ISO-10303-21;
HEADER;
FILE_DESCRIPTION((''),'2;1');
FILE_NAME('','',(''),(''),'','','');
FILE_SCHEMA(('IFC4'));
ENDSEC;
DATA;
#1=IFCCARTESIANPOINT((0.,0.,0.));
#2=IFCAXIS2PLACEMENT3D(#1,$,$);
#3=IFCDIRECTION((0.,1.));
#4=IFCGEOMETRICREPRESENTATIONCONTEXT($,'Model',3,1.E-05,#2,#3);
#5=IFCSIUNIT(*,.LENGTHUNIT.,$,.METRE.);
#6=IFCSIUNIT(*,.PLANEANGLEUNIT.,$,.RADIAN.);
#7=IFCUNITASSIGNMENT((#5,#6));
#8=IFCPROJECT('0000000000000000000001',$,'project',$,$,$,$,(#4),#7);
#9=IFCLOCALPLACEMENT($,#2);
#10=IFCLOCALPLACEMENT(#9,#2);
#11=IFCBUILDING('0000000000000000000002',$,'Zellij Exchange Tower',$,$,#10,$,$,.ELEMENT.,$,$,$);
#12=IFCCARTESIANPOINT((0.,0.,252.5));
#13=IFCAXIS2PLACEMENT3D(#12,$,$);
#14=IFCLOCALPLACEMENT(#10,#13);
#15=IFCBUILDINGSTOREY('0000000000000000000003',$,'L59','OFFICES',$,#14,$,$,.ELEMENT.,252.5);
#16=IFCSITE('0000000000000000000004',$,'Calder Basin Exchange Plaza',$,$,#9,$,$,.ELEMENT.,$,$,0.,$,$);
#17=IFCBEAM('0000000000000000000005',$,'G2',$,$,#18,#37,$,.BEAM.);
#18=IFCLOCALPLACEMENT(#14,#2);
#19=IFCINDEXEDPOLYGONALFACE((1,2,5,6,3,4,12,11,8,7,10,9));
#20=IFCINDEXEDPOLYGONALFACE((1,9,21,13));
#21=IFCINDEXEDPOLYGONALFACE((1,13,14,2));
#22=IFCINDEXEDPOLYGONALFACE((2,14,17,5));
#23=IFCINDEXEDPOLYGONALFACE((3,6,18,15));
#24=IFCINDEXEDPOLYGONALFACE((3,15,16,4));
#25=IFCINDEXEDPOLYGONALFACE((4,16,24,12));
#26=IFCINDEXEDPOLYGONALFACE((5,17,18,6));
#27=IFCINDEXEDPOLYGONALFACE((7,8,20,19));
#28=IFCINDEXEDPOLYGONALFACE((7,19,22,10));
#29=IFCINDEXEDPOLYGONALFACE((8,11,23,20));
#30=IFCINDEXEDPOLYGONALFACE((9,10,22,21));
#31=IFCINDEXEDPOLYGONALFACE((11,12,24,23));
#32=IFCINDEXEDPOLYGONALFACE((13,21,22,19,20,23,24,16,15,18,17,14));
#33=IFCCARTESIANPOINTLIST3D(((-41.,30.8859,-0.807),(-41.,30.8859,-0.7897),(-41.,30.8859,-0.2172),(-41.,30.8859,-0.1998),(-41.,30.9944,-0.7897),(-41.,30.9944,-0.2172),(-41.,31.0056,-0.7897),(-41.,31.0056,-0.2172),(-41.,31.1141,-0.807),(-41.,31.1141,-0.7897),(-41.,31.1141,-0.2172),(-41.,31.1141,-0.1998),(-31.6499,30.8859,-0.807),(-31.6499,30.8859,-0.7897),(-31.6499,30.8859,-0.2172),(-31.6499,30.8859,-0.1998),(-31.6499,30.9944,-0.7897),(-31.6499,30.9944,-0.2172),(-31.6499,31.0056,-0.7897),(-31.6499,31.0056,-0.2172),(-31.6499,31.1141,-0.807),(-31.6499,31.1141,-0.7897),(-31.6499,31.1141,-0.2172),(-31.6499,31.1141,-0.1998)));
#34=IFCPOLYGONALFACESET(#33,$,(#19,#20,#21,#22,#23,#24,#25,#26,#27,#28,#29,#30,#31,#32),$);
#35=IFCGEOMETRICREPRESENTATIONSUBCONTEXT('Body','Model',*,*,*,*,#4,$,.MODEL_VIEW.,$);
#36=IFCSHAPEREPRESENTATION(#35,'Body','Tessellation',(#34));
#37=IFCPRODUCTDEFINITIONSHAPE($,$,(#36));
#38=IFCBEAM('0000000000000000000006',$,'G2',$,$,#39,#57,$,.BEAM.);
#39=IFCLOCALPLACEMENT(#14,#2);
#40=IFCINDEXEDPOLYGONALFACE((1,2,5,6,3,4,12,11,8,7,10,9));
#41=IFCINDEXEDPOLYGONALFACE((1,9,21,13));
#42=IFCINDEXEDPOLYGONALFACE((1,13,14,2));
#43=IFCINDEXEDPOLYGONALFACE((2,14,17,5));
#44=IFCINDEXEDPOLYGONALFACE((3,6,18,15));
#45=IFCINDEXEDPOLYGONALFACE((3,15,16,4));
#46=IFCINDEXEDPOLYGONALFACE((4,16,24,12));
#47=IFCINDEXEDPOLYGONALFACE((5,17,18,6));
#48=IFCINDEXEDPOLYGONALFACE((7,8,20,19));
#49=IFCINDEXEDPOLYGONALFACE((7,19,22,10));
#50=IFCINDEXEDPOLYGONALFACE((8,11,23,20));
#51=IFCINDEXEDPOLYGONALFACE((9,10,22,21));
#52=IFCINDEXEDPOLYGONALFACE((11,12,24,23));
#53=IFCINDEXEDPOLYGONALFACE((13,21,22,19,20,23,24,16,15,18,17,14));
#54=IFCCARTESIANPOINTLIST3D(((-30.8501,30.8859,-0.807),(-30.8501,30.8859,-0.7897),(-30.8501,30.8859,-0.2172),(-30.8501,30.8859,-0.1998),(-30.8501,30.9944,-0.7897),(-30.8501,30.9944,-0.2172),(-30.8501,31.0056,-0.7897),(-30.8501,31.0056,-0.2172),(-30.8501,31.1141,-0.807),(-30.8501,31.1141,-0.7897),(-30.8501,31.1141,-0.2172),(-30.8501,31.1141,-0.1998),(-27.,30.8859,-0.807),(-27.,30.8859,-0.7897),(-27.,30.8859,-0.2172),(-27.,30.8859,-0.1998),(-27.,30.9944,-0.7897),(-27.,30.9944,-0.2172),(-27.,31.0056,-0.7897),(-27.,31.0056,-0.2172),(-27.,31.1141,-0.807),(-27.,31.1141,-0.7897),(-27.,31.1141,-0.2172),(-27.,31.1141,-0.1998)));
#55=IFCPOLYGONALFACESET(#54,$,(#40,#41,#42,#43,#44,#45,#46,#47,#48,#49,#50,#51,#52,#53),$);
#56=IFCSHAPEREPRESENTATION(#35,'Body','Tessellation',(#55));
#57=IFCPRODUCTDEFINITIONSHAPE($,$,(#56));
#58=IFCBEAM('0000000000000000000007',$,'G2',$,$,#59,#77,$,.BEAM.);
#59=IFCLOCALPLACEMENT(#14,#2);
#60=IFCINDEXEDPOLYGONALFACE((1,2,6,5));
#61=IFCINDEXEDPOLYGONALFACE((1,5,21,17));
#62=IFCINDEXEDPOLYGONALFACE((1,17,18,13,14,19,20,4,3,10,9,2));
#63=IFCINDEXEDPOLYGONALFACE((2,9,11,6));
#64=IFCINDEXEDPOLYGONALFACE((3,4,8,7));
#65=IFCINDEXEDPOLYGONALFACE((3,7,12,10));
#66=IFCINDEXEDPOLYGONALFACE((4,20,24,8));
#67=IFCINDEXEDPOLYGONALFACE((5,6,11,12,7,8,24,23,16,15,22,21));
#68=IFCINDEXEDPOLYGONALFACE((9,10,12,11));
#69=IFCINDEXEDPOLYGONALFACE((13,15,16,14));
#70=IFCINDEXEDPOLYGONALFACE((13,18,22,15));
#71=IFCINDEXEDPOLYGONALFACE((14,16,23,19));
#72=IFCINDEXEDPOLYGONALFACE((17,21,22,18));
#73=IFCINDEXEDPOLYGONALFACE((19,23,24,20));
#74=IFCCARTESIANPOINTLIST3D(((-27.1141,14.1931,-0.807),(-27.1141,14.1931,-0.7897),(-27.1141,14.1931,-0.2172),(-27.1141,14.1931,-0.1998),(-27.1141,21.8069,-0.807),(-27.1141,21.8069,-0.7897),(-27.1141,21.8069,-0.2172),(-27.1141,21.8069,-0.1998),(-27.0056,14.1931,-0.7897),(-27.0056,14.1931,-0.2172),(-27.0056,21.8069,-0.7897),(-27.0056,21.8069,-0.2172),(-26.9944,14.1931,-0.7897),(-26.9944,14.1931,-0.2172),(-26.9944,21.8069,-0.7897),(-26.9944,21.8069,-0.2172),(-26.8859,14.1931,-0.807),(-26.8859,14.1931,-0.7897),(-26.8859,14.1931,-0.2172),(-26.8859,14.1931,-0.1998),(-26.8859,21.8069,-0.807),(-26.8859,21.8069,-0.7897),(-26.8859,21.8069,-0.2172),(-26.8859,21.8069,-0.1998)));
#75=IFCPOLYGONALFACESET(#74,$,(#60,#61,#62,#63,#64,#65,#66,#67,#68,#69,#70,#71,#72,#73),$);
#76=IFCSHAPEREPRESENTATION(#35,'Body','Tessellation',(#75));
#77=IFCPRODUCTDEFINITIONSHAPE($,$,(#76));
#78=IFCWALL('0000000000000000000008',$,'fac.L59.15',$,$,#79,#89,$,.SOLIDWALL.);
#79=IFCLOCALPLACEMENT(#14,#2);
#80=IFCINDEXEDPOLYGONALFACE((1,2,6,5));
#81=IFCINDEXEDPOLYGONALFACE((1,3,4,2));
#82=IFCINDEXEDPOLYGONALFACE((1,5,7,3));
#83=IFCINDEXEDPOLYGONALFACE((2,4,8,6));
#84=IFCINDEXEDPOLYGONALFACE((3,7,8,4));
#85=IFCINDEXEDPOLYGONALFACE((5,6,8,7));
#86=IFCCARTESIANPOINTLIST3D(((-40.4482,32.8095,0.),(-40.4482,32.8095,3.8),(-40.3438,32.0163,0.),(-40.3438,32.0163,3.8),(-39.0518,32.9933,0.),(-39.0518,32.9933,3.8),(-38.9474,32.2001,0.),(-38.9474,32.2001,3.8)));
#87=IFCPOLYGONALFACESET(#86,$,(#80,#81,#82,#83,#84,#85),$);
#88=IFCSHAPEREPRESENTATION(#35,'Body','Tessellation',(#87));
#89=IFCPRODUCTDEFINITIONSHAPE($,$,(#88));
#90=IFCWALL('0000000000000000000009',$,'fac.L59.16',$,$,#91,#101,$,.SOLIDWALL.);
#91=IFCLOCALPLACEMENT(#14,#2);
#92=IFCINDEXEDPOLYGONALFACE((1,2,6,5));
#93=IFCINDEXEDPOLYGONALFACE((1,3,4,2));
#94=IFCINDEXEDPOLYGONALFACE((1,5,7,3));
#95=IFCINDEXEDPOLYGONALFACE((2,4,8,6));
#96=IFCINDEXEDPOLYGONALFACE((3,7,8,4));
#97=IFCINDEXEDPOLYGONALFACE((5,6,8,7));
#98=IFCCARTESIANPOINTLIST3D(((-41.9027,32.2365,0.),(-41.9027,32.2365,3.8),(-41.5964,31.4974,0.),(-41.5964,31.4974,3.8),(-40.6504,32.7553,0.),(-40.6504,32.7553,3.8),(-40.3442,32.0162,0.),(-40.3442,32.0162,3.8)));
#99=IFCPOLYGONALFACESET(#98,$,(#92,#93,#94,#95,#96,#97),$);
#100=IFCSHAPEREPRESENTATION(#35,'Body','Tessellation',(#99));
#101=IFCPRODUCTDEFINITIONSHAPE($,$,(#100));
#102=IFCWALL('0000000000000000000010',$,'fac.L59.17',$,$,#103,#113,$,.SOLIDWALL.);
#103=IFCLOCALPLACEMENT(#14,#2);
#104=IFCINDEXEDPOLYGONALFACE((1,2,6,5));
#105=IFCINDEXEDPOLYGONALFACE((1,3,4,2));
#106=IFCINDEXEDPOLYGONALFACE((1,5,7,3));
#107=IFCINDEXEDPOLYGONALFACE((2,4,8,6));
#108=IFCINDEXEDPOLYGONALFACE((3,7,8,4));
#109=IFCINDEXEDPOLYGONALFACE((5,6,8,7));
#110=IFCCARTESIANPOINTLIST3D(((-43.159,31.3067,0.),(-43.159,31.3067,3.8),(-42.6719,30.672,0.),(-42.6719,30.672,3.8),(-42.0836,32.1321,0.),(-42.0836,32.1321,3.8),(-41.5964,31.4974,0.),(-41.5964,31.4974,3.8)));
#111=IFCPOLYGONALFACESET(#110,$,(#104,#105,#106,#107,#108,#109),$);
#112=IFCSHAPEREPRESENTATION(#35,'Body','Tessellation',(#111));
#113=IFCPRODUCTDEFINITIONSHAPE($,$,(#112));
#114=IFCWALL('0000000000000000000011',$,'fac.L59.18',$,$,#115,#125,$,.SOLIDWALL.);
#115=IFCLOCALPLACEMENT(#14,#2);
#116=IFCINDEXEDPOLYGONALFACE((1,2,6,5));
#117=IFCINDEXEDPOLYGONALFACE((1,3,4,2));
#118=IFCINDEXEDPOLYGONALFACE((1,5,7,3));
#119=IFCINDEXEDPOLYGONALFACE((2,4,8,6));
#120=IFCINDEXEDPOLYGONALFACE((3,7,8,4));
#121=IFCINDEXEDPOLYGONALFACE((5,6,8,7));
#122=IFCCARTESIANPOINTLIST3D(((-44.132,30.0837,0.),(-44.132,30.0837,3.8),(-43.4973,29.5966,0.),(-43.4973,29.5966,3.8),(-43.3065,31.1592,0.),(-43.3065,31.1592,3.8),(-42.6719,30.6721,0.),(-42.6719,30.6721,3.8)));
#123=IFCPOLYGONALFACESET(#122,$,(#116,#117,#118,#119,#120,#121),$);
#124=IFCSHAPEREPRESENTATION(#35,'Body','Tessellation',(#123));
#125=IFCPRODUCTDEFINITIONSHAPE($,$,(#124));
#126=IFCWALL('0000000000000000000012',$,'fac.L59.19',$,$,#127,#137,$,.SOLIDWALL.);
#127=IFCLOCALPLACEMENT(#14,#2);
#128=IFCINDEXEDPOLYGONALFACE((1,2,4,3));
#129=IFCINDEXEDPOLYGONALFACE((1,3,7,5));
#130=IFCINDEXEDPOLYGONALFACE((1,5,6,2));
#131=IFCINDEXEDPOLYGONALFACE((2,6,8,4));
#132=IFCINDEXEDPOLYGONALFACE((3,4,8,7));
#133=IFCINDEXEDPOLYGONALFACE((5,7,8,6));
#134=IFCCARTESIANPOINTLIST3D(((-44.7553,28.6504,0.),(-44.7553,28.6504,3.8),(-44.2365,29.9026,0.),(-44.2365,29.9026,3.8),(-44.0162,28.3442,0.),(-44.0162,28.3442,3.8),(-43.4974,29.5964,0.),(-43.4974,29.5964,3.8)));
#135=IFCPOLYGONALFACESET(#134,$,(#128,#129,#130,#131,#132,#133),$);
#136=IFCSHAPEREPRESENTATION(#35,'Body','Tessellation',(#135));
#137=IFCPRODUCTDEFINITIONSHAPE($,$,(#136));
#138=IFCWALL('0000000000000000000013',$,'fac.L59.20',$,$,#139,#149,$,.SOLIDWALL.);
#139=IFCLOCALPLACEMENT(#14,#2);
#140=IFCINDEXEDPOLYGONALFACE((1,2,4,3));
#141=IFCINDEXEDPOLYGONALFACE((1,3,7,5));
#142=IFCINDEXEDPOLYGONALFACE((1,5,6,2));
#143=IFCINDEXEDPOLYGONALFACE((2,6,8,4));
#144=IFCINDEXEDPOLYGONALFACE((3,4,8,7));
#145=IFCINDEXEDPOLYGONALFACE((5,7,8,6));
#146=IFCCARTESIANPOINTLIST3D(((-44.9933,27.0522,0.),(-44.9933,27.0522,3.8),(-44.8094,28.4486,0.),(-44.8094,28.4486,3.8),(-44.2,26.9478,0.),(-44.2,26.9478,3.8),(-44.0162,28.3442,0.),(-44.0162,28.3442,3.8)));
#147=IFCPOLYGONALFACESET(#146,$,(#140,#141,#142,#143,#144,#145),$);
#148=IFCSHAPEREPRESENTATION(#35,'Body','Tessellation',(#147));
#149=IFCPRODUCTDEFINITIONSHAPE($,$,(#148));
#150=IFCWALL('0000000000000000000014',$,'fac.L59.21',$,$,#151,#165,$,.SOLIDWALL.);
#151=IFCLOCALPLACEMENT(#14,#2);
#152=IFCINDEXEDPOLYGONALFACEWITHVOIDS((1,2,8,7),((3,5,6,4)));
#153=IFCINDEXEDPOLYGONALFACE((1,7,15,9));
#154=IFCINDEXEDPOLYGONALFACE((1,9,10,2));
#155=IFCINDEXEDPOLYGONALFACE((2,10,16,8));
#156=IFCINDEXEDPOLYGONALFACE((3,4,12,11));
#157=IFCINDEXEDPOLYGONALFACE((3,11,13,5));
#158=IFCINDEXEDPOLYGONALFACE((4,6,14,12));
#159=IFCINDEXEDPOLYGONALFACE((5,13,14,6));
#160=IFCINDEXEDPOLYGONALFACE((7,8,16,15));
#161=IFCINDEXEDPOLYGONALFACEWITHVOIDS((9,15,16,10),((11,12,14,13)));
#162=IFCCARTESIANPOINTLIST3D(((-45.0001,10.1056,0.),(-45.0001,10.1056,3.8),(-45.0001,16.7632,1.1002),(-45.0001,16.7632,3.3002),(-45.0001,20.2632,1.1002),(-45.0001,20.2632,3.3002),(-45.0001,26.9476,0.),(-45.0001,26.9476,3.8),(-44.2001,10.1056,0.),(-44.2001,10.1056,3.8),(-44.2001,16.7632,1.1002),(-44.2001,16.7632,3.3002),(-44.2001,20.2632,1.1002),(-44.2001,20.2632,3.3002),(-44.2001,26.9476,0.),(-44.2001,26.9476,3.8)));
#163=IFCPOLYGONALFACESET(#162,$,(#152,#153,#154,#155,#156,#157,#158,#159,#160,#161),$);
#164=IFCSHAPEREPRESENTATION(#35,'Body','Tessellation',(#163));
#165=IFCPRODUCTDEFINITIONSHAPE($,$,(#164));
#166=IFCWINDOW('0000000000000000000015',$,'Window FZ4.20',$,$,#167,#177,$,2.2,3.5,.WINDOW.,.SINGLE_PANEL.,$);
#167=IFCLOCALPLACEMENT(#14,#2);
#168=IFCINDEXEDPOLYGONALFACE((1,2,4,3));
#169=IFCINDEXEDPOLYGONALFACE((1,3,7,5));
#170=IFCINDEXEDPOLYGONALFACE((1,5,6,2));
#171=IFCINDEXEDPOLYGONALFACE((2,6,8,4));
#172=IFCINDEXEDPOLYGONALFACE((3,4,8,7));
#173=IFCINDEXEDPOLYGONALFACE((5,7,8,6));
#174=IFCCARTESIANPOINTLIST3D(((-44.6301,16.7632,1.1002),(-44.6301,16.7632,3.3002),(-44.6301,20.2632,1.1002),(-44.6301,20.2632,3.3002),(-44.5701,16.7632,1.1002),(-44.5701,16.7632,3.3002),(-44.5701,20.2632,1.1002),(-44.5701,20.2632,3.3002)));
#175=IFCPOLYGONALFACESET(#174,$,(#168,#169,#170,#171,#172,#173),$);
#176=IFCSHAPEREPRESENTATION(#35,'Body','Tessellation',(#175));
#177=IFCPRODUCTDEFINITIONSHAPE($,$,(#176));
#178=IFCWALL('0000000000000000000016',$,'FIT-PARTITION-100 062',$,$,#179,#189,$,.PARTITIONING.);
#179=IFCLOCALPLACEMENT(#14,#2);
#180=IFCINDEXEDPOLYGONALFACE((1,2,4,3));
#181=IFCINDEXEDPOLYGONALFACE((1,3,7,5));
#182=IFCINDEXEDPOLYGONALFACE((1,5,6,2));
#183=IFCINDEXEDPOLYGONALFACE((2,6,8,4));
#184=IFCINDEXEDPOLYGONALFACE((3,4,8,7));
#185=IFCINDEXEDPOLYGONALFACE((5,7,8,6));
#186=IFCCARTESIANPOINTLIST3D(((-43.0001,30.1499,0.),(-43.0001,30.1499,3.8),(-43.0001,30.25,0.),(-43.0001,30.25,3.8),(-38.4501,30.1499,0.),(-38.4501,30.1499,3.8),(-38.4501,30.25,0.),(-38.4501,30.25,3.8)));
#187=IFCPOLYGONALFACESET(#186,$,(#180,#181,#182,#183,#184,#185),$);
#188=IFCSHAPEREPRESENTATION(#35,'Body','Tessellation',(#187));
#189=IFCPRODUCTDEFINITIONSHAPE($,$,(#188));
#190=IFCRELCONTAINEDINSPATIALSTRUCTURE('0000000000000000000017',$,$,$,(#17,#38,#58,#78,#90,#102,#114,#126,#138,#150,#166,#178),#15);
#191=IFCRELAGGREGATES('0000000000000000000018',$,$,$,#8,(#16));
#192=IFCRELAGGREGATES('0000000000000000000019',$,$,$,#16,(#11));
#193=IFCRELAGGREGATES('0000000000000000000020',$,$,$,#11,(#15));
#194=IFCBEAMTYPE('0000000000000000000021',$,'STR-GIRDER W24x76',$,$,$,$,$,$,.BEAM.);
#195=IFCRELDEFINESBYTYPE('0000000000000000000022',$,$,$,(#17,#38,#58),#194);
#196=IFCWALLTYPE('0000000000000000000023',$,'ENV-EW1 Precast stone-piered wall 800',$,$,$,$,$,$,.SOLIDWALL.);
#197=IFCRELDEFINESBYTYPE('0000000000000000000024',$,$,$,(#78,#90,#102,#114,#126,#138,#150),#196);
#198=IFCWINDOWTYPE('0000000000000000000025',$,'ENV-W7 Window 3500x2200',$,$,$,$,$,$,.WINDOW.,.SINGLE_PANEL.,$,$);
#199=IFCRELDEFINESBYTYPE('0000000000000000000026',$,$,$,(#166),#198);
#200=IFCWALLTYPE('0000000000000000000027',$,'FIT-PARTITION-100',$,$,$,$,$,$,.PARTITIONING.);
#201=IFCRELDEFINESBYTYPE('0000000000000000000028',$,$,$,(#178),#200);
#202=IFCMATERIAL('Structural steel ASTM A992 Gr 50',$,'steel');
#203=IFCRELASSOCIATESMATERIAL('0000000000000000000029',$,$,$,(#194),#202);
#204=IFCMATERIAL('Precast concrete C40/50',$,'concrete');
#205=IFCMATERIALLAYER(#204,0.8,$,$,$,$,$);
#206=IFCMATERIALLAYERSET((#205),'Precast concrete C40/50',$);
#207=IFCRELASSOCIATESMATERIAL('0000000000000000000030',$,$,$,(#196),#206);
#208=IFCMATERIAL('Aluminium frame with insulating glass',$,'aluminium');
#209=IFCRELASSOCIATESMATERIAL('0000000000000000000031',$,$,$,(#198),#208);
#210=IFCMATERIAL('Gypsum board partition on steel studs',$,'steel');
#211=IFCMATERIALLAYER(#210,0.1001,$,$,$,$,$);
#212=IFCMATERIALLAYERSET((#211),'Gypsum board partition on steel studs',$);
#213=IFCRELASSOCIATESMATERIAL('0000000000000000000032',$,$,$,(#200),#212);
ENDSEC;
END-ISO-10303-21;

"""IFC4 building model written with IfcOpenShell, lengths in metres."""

from ifc_helpers import new_model, si_unit, direction, frame, frame_2d, origin, origin_2d, place, context, subcontext, project, spatial, rectangle, i_section, extrude, material, layer, layer_set, material_profile, profile_set, type_object, element, fill, save


model = new_model("IFC4")

# Units and contexts
model_context = context("Model", 3, precision=1e-05, world=origin(), true_north=direction((0.0, 1.0)))
body_context = subcontext(model_context, "Body", "Model", "MODEL_VIEW")
ifc_project = project(units=[si_unit("LENGTHUNIT", "METRE"), si_unit("PLANEANGLEUNIT", "RADIAN")], contexts=[model_context])

# Site, building, storey
site_placement = place(None, origin())
site = spatial("IfcSite", under=ifc_project, at=site_placement, Name="Calder Basin Exchange Plaza", CompositionType="ELEMENT", RefElevation=0.0)
building_placement = place(site_placement, origin())
building = spatial("IfcBuilding", under=site, at=building_placement, Name="Zellij Exchange Tower", CompositionType="ELEMENT")
storey_placement = place(building_placement, frame((0.0, 0.0, 252.5)))
storey = spatial("IfcBuildingStorey", under=building, at=storey_placement, Name="L59", Description="OFFICES", CompositionType="ELEMENT", Elevation=252.5)

# Shared definitions
ifc_material_1 = material(Name="Structural steel ASTM A992 Gr 50", Category="steel")

# Beams
ifc_material_profile_1 = material_profile(ifc_material_1, i_section(OverallWidth=0.2283, OverallDepth=0.6072, WebThickness=0.0112, FlangeThickness=0.0173, at=origin_2d()), Name="W24x76")
ifc_profile_set_1 = profile_set([ifc_material_profile_1], Name="Structural steel ASTM A992 Gr 50")
beam_type_1 = type_object("IfcBeamType", Name="STR-GIRDER W24x76", PredefinedType="BEAM", material=ifc_profile_set_1)
beam_1_placement = place(storey_placement, frame((-41.0, 31.0, -0.5034), z_axis=(1.0, 0.0, 0.0), x_axis=(0.0, 1.0, 0.0)))
element("IfcBeam", 1, at=beam_1_placement, inside=storey, type_object=beam_type_1, Name="G2", PredefinedType="BEAM", context=body_context, shape_type="SweptSolid", body=[
    extrude(i_section(OverallWidth=0.2283, OverallDepth=0.6072, WebThickness=0.0112, FlangeThickness=0.0173, at=origin_2d()), origin(), (0.0, 0.0, 1.0), 9.3501),
])
beam_2_placement = place(storey_placement, frame((-30.8501, 31.0, -0.5034), z_axis=(1.0, 0.0, 0.0), x_axis=(0.0, 1.0, 0.0)))
element("IfcBeam", 2, at=beam_2_placement, inside=storey, type_object=beam_type_1, Name="G2", PredefinedType="BEAM", context=body_context, shape_type="SweptSolid", body=[
    extrude(i_section(OverallWidth=0.2283, OverallDepth=0.6072, WebThickness=0.0112, FlangeThickness=0.0173, at=origin_2d()), origin(), (0.0, 0.0, 1.0), 3.8501),
])
beam_3_placement = place(storey_placement, frame((-27.0, 14.1931, -0.5034), z_axis=(0.0, 1.0, 0.0), x_axis=(-1.0, 0.0, 0.0)))
element("IfcBeam", 3, at=beam_3_placement, inside=storey, type_object=beam_type_1, Name="G2", PredefinedType="BEAM", context=body_context, shape_type="SweptSolid", body=[
    extrude(i_section(OverallWidth=0.2283, OverallDepth=0.6072, WebThickness=0.0112, FlangeThickness=0.0173, at=origin_2d()), origin(), (0.0, 0.0, 1.0), 7.6138),
])

# Walls
ifc_material_2 = material(Name="Precast concrete C40/50", Category="concrete")
ifc_layer_1 = layer(ifc_material_2, 0.8)
ifc_layer_set_1 = layer_set([ifc_layer_1], Name="Precast concrete C40/50")
wall_type_1 = type_object("IfcWallType", Name="ENV-EW1 Precast stone-piered wall 800", PredefinedType="SOLIDWALL", material=ifc_layer_set_1)
wall_1_placement = place(storey_placement, frame((-38.9998, 32.5967, 0.0), z_axis=(0.0, 0.0, 1.0), x_axis=(-0.991446, -0.130517, 0.0)))
element("IfcWall", 4, at=wall_1_placement, inside=storey, type_object=wall_type_1, Name="fac.L59.15", PredefinedType="SOLIDWALL", context=body_context, shape_type="SweptSolid", body=[
    extrude(rectangle(XDim=1.4084, YDim=0.8, at=frame_2d((0.7041, 0.0))), origin(), (0.0, 0.0, 1.0), 3.8),
])
wall_2_placement = place(storey_placement, frame((-40.4973, 32.3857, 0.0), z_axis=(0.0, 0.0, 1.0), x_axis=(-0.923848, -0.38276, 0.0)))
element("IfcWall", 5, at=wall_2_placement, inside=storey, type_object=wall_type_1, Name="fac.L59.16", PredefinedType="SOLIDWALL", context=body_context, shape_type="SweptSolid", body=[
    extrude(rectangle(XDim=1.3555, YDim=0.8, at=frame_2d((0.6777, 0.0))), origin(), (0.0, 0.0, 1.0), 3.8),
])
for number, where, z_axis, x_axis, name in (
    (6, (-41.8401, 31.8147, 0.0), (0.0, 0.0, 1.0), (-0.793273, -0.608866, 0.0), "fac.L59.17"),
    (7, (-42.9893, 30.9155, 0.0), (0.0, 0.0, 1.0), (-0.608866, -0.793273, 0.0), "fac.L59.18"),
):
    element("IfcWall", number, at=place(storey_placement, frame(where, z_axis=z_axis, x_axis=x_axis)), inside=storey, type_object=wall_type_1, Name=name, PredefinedType="SOLIDWALL", context=body_context, shape_type="SweptSolid", body=[
        extrude(rectangle(XDim=1.3557, YDim=0.8, at=frame_2d((0.6777, 0.0))), origin(), (0.0, 0.0, 1.0), 3.8),
    ])
wall_3_placement = place(storey_placement, frame((-43.8669, 29.7495, 0.0), z_axis=(0.0, 0.0, 1.0), x_axis=(-0.38276, -0.923848, 0.0)))
element("IfcWall", 8, at=wall_3_placement, inside=storey, type_object=wall_type_1, Name="fac.L59.19", PredefinedType="SOLIDWALL", context=body_context, shape_type="SweptSolid", body=[
    extrude(rectangle(XDim=1.3555, YDim=0.8, at=frame_2d((0.6777, 0.0))), origin(), (0.0, 0.0, 1.0), 3.8),
])
wall_4_placement = place(storey_placement, frame((-44.4128, 28.3962, 0.0), z_axis=(0.0, 0.0, 1.0), x_axis=(-0.130517, -0.991446, 0.0)))
element("IfcWall", 9, at=wall_4_placement, inside=storey, type_object=wall_type_1, Name="fac.L59.20", PredefinedType="SOLIDWALL", context=body_context, shape_type="SweptSolid", body=[
    extrude(rectangle(XDim=1.4084, YDim=0.8, at=frame_2d((0.7041, 0.0))), origin(), (0.0, 0.0, 1.0), 3.8),
])

# Wall, opening, window
wall_5_placement = place(storey_placement, frame((-44.6001, 26.9475, 0.0), z_axis=(0.0, 0.0, 1.0), x_axis=(0.0, -1.0, 0.0)))
wall_5 = element("IfcWall", 10, at=wall_5_placement, inside=storey, type_object=wall_type_1, Name="fac.L59.21", PredefinedType="SOLIDWALL", context=body_context, shape_type="SweptSolid", body=[
    extrude(rectangle(XDim=16.842, YDim=0.8, at=frame_2d((8.4209, 0.0))), origin(), (0.0, 0.0, 1.0), 3.8),
])
opening_placement = place(wall_5_placement, frame((6.6843, 0.0, 1.1001)))
opening = element("IfcOpeningElement", 11, at=opening_placement, cuts=wall_5, PredefinedType="OPENING", context=body_context, shape_type="SweptSolid", body=[
    extrude(rectangle(XDim=3.5, YDim=2.2, at=frame_2d((1.75, 1.1001))), frame((0.0, 0.4121, 0.0), z_axis=(0.0, -1.0, 0.0), x_axis=(1.0, 0.0, 0.0)), (0.0, 0.0, 1.0), 0.824),
])
ifc_material_3 = material(Name="Aluminium frame with insulating glass", Category="aluminium")
window_type = type_object("IfcWindowType", Name="ENV-W7 Window 3500x2200", PartitioningType="SINGLE_PANEL", PredefinedType="WINDOW", material=ifc_material_3)
window_placement = place(opening_placement, origin())
window = element("IfcWindow", 12, at=window_placement, inside=storey, type_object=window_type, Name="Window FZ4.20", OverallHeight=2.2, OverallWidth=3.5, PartitioningType="SINGLE_PANEL", PredefinedType="WINDOW", context=body_context, shape_type="SweptSolid", body=[
    extrude(rectangle(XDim=3.5, YDim=2.2, at=frame_2d((1.75, 1.1001))), frame((0.0, 0.03, 0.0), z_axis=(0.0, -1.0, 0.0), x_axis=(1.0, 0.0, 0.0)), (0.0, 0.0, 1.0), 0.0601),
])
fill(opening, window)

# Wall
ifc_material_4 = material(Name="Gypsum board partition on steel studs", Category="steel")
ifc_layer_2 = layer(ifc_material_4, 0.1001)
ifc_layer_set_2 = layer_set([ifc_layer_2], Name="Gypsum board partition on steel studs")
wall_type_2 = type_object("IfcWallType", Name="FIT-PARTITION-100", PredefinedType="PARTITIONING", material=ifc_layer_set_2)
wall_6_placement = place(storey_placement, frame((-43.0, 30.2, 0.0), z_axis=(0.0, 0.0, 1.0), x_axis=(1.0, 0.0, 0.0)))
element("IfcWall", 13, at=wall_6_placement, inside=storey, type_object=wall_type_2, Name="FIT-PARTITION-100 062", PredefinedType="PARTITIONING", context=body_context, shape_type="SweptSolid", body=[
    extrude(rectangle(XDim=4.55, YDim=0.1001, at=frame_2d((2.2749, 0.0))), origin(), (0.0, 0.0, 1.0), 3.8),
])

save(model, "model.ifc")
